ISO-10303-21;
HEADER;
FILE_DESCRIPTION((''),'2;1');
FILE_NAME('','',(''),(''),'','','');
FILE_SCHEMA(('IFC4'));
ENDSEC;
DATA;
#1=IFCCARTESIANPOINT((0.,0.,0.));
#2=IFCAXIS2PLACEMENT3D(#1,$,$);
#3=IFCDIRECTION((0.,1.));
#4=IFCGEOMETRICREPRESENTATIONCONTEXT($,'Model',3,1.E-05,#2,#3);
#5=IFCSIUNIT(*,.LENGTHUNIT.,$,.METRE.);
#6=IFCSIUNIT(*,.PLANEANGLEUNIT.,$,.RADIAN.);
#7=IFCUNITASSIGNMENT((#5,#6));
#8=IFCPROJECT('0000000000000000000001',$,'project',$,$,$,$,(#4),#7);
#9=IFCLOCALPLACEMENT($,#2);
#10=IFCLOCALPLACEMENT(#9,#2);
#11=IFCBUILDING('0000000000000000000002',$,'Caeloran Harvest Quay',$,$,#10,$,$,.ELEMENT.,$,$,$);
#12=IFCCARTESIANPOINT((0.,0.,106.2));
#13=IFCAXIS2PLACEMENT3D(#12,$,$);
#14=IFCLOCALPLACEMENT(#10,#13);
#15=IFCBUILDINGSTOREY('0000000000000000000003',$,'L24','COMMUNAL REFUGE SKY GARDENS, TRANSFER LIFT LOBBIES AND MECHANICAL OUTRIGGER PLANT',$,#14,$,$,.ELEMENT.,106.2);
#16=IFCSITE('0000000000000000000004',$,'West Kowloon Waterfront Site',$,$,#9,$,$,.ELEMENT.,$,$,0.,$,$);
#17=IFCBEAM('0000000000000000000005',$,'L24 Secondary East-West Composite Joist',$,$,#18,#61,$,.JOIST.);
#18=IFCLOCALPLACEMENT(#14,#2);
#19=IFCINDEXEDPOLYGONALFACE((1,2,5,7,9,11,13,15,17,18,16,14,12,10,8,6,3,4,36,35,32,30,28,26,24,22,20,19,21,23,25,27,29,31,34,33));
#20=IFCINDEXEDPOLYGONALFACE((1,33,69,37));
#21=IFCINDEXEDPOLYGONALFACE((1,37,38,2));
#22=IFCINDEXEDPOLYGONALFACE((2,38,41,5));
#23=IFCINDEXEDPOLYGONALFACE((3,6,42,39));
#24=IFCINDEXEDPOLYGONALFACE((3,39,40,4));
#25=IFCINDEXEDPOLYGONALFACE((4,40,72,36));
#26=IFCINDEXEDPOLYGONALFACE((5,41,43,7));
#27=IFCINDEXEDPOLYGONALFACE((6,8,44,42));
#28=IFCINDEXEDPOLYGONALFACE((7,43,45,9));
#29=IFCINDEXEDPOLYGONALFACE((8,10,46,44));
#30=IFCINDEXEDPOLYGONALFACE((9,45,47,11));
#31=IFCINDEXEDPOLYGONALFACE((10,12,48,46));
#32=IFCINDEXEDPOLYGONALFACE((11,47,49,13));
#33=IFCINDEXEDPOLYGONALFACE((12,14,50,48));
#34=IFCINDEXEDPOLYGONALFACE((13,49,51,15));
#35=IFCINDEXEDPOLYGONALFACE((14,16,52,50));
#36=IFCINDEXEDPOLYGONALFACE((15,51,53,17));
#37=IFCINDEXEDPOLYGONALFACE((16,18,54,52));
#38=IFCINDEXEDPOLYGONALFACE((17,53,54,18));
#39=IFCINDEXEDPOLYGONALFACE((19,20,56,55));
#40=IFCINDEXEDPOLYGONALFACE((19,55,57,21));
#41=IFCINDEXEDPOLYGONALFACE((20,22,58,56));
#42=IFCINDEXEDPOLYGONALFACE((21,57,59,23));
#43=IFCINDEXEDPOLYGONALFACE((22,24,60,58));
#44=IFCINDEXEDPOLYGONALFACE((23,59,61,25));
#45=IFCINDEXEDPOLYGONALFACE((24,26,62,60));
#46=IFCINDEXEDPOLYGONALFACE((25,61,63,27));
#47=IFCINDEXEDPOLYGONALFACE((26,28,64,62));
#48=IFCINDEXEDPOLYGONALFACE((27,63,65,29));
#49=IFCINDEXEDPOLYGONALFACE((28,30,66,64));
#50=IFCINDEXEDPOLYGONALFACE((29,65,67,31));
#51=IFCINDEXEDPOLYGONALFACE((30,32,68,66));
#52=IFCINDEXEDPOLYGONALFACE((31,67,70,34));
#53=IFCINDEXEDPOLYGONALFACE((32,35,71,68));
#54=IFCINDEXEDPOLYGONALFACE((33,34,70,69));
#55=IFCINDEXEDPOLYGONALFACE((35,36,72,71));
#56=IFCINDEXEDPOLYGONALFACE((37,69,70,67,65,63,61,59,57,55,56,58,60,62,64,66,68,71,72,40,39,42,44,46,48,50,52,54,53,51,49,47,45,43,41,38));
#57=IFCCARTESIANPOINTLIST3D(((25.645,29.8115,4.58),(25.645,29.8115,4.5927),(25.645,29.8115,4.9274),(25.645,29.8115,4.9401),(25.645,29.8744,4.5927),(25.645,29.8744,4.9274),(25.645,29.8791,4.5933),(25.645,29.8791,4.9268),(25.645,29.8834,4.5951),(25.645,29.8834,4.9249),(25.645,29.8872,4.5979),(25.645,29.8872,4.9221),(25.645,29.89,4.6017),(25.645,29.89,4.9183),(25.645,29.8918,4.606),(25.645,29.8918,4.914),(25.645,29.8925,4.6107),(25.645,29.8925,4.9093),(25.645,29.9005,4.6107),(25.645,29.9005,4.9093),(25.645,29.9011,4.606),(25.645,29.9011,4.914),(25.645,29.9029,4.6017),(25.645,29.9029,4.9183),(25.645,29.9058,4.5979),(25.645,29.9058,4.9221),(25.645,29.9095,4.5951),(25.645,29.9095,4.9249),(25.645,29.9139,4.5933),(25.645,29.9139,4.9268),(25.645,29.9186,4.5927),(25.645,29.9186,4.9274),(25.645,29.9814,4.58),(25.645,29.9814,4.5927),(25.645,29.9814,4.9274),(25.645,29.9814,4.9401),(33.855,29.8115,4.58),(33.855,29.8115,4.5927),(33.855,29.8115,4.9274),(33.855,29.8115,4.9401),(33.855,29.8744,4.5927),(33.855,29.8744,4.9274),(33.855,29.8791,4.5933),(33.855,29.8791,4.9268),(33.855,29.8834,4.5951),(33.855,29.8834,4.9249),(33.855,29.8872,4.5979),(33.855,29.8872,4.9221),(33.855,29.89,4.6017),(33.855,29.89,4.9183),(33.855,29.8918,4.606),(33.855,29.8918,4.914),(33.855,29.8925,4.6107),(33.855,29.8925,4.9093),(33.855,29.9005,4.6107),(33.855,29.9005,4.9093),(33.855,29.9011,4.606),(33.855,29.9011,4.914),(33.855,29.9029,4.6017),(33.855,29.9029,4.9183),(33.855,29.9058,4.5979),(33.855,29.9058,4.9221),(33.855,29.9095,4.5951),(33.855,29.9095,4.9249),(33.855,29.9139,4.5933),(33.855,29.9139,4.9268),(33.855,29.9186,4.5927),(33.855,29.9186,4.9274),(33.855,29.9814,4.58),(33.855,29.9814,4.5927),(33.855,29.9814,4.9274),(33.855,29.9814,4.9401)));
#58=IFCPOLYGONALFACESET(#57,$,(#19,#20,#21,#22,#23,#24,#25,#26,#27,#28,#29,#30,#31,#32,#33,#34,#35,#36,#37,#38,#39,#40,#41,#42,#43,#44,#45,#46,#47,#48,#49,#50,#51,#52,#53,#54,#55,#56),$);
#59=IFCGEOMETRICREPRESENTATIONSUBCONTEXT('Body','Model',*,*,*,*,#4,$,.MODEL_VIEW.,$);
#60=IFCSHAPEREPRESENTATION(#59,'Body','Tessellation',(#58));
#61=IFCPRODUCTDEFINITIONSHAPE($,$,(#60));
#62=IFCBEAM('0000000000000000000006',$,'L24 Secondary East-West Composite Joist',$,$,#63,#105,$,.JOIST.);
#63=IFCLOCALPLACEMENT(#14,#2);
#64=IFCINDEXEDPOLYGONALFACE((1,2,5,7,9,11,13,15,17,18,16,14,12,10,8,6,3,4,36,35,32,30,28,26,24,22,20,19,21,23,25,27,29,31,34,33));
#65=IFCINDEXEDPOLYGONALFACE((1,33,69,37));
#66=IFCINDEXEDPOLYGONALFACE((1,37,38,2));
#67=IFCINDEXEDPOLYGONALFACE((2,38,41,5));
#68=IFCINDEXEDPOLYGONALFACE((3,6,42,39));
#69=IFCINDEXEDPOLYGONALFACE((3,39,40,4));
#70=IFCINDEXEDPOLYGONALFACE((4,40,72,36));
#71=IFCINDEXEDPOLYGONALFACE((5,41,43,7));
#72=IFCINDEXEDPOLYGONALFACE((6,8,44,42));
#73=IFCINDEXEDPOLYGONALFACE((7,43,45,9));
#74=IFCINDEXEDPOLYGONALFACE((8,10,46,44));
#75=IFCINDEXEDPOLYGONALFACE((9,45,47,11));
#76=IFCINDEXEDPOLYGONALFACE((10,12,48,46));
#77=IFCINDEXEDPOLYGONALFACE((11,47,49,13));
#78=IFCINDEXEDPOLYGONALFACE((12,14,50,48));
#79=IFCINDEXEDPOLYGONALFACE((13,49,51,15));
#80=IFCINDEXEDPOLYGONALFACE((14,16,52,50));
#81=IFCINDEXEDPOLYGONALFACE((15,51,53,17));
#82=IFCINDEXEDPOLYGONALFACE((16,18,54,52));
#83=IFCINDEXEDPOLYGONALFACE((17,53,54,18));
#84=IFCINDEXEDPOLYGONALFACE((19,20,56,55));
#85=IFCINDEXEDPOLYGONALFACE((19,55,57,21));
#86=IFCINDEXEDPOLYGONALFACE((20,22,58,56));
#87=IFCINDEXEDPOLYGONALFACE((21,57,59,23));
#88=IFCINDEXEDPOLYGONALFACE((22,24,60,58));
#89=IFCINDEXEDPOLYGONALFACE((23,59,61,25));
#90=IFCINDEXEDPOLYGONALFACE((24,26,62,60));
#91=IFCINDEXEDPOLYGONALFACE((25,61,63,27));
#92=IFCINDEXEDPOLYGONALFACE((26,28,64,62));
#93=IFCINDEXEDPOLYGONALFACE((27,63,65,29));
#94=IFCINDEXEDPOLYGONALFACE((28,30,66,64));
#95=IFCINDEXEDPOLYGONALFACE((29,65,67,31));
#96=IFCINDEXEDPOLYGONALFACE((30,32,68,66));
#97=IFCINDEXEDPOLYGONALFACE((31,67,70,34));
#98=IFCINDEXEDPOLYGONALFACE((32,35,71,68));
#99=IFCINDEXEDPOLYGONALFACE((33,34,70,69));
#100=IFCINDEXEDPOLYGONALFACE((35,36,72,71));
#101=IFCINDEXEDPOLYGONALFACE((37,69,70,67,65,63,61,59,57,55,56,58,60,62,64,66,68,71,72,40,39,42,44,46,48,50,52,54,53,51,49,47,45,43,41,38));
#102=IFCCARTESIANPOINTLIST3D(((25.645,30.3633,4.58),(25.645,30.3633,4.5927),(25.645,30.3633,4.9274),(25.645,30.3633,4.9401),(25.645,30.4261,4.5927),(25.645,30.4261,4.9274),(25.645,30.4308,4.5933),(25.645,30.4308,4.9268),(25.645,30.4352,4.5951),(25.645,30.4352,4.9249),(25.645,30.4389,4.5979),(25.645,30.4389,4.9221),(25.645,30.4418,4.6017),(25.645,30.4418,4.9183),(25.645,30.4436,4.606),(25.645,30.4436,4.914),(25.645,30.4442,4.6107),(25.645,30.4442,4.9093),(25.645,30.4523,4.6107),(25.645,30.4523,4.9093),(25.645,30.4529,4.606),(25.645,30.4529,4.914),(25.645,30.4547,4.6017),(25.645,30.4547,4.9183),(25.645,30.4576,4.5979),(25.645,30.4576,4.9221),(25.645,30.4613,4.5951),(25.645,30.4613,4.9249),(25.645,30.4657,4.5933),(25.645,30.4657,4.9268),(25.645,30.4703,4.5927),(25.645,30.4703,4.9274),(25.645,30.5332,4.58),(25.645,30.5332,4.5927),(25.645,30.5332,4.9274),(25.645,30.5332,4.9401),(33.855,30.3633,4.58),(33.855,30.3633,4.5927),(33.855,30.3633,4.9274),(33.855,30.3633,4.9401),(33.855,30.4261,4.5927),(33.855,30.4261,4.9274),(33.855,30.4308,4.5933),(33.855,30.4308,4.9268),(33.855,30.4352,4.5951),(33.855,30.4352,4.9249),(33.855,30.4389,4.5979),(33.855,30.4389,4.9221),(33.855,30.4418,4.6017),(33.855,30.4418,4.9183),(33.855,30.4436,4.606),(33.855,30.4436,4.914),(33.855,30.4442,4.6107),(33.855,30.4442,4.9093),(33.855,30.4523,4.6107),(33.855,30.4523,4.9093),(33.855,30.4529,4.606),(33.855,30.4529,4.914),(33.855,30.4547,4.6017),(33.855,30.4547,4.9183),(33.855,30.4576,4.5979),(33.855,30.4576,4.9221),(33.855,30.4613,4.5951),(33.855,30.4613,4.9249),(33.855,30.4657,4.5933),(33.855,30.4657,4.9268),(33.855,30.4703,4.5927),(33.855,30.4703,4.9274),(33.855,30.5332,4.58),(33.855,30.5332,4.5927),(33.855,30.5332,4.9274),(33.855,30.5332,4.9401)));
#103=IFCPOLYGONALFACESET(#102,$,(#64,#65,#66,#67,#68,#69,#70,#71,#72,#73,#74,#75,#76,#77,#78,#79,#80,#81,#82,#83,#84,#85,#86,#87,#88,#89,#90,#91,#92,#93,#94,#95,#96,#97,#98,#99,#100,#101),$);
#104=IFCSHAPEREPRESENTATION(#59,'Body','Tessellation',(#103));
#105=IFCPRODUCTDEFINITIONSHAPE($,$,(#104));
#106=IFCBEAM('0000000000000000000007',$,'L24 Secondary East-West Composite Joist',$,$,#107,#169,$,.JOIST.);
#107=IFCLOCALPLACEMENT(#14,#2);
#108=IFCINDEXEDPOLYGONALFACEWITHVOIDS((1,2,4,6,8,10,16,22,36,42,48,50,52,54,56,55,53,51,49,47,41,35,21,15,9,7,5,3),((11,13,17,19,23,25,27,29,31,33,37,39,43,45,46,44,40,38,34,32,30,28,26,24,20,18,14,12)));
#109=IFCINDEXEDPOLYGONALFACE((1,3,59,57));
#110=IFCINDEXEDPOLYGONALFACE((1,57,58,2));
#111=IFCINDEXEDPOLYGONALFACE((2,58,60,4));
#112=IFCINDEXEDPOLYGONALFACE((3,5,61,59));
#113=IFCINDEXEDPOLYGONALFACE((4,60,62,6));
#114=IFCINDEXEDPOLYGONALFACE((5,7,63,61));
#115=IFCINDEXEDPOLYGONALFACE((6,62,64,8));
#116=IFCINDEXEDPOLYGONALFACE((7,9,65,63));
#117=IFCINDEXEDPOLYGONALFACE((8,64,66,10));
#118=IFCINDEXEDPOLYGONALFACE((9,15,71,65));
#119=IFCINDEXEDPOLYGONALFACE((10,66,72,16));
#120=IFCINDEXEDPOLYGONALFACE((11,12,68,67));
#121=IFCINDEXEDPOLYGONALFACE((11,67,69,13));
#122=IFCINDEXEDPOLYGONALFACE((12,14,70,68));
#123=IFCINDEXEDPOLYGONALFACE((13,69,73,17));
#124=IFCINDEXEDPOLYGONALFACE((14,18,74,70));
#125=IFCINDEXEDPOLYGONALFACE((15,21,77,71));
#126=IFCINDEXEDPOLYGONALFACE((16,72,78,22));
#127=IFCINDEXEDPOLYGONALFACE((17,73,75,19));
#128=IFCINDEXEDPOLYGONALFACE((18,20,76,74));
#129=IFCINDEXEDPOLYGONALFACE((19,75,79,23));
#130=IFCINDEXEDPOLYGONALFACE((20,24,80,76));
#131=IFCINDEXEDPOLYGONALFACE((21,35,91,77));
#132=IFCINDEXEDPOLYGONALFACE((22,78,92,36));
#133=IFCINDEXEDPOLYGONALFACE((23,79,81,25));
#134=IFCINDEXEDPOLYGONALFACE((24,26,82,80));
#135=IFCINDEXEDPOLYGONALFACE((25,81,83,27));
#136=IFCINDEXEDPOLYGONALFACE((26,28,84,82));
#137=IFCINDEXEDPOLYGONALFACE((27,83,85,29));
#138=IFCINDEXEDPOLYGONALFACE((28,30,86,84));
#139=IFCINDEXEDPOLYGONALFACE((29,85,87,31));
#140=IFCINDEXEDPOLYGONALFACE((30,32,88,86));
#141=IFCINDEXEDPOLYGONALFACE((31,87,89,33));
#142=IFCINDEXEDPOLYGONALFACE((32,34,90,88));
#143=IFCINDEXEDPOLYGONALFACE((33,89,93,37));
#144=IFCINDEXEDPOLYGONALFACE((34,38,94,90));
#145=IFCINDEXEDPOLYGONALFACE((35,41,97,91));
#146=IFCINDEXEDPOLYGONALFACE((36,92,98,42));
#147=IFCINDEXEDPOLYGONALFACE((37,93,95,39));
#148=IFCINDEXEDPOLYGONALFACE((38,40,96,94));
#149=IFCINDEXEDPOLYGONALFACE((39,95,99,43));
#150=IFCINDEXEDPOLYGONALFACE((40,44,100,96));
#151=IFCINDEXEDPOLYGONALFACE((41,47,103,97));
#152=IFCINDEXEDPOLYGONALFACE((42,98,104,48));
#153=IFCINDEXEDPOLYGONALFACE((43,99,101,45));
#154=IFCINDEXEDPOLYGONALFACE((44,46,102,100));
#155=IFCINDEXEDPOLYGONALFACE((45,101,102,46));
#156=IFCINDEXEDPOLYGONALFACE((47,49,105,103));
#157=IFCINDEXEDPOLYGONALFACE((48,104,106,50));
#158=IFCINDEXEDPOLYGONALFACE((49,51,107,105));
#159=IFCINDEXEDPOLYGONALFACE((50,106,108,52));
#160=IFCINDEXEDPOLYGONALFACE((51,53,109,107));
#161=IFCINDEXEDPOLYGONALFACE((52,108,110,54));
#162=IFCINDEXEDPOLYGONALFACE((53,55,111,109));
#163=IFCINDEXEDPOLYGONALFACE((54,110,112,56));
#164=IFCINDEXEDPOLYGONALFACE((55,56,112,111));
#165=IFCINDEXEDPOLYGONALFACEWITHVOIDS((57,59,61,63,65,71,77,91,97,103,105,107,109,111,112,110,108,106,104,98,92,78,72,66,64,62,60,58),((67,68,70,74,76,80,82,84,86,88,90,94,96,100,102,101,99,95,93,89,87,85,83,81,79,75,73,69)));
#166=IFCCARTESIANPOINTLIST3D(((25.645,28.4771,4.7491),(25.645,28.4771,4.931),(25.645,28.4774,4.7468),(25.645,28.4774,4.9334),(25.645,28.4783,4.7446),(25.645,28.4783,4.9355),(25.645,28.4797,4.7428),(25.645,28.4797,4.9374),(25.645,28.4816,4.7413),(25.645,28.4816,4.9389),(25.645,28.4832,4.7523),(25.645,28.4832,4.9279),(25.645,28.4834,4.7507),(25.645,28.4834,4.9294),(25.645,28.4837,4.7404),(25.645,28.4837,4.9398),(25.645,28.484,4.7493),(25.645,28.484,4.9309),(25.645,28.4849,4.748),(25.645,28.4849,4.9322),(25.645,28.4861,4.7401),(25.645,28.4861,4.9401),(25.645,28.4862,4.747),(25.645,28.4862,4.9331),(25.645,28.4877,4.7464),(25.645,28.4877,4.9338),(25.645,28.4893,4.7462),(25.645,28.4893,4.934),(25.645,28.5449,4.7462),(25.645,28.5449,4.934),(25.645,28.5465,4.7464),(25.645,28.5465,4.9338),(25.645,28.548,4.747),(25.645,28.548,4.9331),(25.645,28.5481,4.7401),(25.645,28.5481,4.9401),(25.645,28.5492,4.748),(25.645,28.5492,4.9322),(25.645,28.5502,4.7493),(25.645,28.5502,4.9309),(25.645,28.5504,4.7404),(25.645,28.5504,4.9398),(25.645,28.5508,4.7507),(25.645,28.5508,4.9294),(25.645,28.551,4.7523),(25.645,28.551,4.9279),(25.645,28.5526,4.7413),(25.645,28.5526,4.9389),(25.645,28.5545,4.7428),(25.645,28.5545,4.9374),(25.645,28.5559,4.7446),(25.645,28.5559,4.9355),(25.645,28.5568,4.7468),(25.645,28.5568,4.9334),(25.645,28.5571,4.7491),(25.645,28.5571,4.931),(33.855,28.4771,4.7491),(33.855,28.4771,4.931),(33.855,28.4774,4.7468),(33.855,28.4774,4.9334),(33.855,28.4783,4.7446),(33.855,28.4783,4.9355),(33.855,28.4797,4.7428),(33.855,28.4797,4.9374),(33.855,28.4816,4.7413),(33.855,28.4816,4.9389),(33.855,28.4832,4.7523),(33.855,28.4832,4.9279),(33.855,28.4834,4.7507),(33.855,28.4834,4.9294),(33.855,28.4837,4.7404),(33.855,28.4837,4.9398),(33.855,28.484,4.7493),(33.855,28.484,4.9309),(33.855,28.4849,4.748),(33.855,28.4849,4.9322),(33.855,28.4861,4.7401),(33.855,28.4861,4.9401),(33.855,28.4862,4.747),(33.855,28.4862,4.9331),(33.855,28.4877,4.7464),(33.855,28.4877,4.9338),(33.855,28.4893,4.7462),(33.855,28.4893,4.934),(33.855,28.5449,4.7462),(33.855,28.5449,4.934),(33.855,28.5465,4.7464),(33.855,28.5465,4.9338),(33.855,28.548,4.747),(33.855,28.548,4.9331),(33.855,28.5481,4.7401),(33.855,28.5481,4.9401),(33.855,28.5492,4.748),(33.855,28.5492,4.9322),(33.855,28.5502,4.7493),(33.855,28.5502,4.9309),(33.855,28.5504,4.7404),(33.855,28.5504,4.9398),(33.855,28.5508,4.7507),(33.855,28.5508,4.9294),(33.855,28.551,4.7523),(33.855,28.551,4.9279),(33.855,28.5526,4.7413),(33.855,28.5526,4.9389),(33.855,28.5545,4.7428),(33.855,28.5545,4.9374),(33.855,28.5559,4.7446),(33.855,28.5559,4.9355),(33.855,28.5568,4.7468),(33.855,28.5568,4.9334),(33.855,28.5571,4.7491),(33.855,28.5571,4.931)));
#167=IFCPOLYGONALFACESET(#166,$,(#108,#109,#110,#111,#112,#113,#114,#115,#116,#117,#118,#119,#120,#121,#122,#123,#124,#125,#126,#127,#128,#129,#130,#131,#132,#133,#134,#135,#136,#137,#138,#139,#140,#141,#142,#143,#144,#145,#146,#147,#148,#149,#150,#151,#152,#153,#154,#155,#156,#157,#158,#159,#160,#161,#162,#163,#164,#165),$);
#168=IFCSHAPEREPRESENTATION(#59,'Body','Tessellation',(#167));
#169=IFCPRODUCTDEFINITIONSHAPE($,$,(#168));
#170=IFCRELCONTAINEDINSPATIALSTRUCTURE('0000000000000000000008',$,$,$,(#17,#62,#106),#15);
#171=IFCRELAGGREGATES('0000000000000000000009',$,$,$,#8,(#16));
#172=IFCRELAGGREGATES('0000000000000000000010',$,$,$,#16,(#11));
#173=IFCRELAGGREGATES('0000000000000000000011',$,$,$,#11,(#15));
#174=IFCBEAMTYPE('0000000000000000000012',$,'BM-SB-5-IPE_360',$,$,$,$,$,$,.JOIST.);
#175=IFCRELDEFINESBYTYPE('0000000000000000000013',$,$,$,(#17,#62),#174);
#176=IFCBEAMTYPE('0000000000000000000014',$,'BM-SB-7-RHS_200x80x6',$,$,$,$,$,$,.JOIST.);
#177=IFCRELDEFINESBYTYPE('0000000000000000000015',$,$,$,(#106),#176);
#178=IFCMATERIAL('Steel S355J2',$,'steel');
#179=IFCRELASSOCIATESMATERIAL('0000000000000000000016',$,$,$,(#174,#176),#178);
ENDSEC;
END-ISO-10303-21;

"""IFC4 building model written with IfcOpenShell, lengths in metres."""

from ifc_helpers import new_model, si_unit, direction, frame, origin, origin_2d, place, context, subcontext, project, spatial, hollow_rectangle, i_section, extrude, material, material_profile, profile_set, type_object, element, save


model = new_model("IFC4")

# Units and contexts
model_context = context("Model", 3, precision=1e-05, world=origin(), true_north=direction((0.0, 1.0)))
body_context = subcontext(model_context, "Body", "Model", "MODEL_VIEW")
ifc_project = project(units=[si_unit("LENGTHUNIT", "METRE"), si_unit("PLANEANGLEUNIT", "RADIAN")], contexts=[model_context])

# Site, building, storey
site_placement = place(None, origin())
site = spatial("IfcSite", under=ifc_project, at=site_placement, Name="West Kowloon Waterfront Site", CompositionType="ELEMENT", RefElevation=0.0)
building_placement = place(site_placement, origin())
building = spatial("IfcBuilding", under=site, at=building_placement, Name="Caeloran Harvest Quay", CompositionType="ELEMENT")
storey_placement = place(building_placement, frame((0.0, 0.0, 106.2)))
storey = spatial("IfcBuildingStorey", under=building, at=storey_placement, Name="L24", Description="COMMUNAL REFUGE SKY GARDENS, TRANSFER LIFT LOBBIES AND MECHANICAL OUTRIGGER PLANT", CompositionType="ELEMENT", Elevation=106.2)

# Beams
ifc_material_1 = material(Name="Steel S355J2", Category="steel")
ifc_material_profile_1 = material_profile(ifc_material_1, i_section(OverallWidth=0.1699, OverallDepth=0.3601, WebThickness=0.0081, FlangeThickness=0.0127, FilletRadius=0.0181, at=origin_2d()), Name="IPE 360")
ifc_profile_set_1 = profile_set([ifc_material_profile_1], Name="Steel S355J2")
beam_type_1 = type_object("IfcBeamType", Name="BM-SB-5-IPE_360", PredefinedType="JOIST", material=ifc_profile_set_1)
for number, where, z_axis, x_axis, name in (
    (1, (25.645, 29.8965, 4.76), (1.0, 0.0, 0.0), (0.0, 1.0, 0.0), "L24 Secondary East-West Composite Joist"),
    (2, (25.645, 30.4482, 4.76), (1.0, 0.0, 0.0), (0.0, 1.0, 0.0), "L24 Secondary East-West Composite Joist"),
):
    element("IfcBeam", number, at=place(storey_placement, frame(where, z_axis=z_axis, x_axis=x_axis)), inside=storey, type_object=beam_type_1, Name=name, PredefinedType="JOIST", context=body_context, shape_type="SweptSolid", body=[
        extrude(i_section(OverallWidth=0.1699, OverallDepth=0.3601, WebThickness=0.0081, FlangeThickness=0.0127, FilletRadius=0.0181, at=origin_2d()), origin(), (0.0, 0.0, 1.0), 8.21),
    ])
ifc_material_profile_2 = material_profile(ifc_material_1, hollow_rectangle(XDim=0.0801, YDim=0.2, WallThickness=0.0061, InnerFilletRadius=0.0061, OuterFilletRadius=0.009, at=origin_2d()), Name="RHS 200x80x6")
ifc_profile_set_2 = profile_set([ifc_material_profile_2], Name="Steel S355J2")
beam_type_2 = type_object("IfcBeamType", Name="BM-SB-7-RHS_200x80x6", PredefinedType="JOIST", material=ifc_profile_set_2)
for number, where, z_axis, x_axis, name in (
    (3, (25.645, 28.5171, 4.8401), (1.0, 0.0, 0.0), (0.0, 1.0, 0.0), "L24 Secondary East-West Composite Joist"),
):
    element("IfcBeam", number, at=place(storey_placement, frame(where, z_axis=z_axis, x_axis=x_axis)), inside=storey, type_object=beam_type_2, Name=name, PredefinedType="JOIST", context=body_context, shape_type="SweptSolid", body=[
        extrude(hollow_rectangle(XDim=0.0801, YDim=0.2, WallThickness=0.0061, InnerFilletRadius=0.0061, OuterFilletRadius=0.009, at=origin_2d()), origin(), (0.0, 0.0, 1.0), 8.21),
    ])

save(model, "model.ifc")
